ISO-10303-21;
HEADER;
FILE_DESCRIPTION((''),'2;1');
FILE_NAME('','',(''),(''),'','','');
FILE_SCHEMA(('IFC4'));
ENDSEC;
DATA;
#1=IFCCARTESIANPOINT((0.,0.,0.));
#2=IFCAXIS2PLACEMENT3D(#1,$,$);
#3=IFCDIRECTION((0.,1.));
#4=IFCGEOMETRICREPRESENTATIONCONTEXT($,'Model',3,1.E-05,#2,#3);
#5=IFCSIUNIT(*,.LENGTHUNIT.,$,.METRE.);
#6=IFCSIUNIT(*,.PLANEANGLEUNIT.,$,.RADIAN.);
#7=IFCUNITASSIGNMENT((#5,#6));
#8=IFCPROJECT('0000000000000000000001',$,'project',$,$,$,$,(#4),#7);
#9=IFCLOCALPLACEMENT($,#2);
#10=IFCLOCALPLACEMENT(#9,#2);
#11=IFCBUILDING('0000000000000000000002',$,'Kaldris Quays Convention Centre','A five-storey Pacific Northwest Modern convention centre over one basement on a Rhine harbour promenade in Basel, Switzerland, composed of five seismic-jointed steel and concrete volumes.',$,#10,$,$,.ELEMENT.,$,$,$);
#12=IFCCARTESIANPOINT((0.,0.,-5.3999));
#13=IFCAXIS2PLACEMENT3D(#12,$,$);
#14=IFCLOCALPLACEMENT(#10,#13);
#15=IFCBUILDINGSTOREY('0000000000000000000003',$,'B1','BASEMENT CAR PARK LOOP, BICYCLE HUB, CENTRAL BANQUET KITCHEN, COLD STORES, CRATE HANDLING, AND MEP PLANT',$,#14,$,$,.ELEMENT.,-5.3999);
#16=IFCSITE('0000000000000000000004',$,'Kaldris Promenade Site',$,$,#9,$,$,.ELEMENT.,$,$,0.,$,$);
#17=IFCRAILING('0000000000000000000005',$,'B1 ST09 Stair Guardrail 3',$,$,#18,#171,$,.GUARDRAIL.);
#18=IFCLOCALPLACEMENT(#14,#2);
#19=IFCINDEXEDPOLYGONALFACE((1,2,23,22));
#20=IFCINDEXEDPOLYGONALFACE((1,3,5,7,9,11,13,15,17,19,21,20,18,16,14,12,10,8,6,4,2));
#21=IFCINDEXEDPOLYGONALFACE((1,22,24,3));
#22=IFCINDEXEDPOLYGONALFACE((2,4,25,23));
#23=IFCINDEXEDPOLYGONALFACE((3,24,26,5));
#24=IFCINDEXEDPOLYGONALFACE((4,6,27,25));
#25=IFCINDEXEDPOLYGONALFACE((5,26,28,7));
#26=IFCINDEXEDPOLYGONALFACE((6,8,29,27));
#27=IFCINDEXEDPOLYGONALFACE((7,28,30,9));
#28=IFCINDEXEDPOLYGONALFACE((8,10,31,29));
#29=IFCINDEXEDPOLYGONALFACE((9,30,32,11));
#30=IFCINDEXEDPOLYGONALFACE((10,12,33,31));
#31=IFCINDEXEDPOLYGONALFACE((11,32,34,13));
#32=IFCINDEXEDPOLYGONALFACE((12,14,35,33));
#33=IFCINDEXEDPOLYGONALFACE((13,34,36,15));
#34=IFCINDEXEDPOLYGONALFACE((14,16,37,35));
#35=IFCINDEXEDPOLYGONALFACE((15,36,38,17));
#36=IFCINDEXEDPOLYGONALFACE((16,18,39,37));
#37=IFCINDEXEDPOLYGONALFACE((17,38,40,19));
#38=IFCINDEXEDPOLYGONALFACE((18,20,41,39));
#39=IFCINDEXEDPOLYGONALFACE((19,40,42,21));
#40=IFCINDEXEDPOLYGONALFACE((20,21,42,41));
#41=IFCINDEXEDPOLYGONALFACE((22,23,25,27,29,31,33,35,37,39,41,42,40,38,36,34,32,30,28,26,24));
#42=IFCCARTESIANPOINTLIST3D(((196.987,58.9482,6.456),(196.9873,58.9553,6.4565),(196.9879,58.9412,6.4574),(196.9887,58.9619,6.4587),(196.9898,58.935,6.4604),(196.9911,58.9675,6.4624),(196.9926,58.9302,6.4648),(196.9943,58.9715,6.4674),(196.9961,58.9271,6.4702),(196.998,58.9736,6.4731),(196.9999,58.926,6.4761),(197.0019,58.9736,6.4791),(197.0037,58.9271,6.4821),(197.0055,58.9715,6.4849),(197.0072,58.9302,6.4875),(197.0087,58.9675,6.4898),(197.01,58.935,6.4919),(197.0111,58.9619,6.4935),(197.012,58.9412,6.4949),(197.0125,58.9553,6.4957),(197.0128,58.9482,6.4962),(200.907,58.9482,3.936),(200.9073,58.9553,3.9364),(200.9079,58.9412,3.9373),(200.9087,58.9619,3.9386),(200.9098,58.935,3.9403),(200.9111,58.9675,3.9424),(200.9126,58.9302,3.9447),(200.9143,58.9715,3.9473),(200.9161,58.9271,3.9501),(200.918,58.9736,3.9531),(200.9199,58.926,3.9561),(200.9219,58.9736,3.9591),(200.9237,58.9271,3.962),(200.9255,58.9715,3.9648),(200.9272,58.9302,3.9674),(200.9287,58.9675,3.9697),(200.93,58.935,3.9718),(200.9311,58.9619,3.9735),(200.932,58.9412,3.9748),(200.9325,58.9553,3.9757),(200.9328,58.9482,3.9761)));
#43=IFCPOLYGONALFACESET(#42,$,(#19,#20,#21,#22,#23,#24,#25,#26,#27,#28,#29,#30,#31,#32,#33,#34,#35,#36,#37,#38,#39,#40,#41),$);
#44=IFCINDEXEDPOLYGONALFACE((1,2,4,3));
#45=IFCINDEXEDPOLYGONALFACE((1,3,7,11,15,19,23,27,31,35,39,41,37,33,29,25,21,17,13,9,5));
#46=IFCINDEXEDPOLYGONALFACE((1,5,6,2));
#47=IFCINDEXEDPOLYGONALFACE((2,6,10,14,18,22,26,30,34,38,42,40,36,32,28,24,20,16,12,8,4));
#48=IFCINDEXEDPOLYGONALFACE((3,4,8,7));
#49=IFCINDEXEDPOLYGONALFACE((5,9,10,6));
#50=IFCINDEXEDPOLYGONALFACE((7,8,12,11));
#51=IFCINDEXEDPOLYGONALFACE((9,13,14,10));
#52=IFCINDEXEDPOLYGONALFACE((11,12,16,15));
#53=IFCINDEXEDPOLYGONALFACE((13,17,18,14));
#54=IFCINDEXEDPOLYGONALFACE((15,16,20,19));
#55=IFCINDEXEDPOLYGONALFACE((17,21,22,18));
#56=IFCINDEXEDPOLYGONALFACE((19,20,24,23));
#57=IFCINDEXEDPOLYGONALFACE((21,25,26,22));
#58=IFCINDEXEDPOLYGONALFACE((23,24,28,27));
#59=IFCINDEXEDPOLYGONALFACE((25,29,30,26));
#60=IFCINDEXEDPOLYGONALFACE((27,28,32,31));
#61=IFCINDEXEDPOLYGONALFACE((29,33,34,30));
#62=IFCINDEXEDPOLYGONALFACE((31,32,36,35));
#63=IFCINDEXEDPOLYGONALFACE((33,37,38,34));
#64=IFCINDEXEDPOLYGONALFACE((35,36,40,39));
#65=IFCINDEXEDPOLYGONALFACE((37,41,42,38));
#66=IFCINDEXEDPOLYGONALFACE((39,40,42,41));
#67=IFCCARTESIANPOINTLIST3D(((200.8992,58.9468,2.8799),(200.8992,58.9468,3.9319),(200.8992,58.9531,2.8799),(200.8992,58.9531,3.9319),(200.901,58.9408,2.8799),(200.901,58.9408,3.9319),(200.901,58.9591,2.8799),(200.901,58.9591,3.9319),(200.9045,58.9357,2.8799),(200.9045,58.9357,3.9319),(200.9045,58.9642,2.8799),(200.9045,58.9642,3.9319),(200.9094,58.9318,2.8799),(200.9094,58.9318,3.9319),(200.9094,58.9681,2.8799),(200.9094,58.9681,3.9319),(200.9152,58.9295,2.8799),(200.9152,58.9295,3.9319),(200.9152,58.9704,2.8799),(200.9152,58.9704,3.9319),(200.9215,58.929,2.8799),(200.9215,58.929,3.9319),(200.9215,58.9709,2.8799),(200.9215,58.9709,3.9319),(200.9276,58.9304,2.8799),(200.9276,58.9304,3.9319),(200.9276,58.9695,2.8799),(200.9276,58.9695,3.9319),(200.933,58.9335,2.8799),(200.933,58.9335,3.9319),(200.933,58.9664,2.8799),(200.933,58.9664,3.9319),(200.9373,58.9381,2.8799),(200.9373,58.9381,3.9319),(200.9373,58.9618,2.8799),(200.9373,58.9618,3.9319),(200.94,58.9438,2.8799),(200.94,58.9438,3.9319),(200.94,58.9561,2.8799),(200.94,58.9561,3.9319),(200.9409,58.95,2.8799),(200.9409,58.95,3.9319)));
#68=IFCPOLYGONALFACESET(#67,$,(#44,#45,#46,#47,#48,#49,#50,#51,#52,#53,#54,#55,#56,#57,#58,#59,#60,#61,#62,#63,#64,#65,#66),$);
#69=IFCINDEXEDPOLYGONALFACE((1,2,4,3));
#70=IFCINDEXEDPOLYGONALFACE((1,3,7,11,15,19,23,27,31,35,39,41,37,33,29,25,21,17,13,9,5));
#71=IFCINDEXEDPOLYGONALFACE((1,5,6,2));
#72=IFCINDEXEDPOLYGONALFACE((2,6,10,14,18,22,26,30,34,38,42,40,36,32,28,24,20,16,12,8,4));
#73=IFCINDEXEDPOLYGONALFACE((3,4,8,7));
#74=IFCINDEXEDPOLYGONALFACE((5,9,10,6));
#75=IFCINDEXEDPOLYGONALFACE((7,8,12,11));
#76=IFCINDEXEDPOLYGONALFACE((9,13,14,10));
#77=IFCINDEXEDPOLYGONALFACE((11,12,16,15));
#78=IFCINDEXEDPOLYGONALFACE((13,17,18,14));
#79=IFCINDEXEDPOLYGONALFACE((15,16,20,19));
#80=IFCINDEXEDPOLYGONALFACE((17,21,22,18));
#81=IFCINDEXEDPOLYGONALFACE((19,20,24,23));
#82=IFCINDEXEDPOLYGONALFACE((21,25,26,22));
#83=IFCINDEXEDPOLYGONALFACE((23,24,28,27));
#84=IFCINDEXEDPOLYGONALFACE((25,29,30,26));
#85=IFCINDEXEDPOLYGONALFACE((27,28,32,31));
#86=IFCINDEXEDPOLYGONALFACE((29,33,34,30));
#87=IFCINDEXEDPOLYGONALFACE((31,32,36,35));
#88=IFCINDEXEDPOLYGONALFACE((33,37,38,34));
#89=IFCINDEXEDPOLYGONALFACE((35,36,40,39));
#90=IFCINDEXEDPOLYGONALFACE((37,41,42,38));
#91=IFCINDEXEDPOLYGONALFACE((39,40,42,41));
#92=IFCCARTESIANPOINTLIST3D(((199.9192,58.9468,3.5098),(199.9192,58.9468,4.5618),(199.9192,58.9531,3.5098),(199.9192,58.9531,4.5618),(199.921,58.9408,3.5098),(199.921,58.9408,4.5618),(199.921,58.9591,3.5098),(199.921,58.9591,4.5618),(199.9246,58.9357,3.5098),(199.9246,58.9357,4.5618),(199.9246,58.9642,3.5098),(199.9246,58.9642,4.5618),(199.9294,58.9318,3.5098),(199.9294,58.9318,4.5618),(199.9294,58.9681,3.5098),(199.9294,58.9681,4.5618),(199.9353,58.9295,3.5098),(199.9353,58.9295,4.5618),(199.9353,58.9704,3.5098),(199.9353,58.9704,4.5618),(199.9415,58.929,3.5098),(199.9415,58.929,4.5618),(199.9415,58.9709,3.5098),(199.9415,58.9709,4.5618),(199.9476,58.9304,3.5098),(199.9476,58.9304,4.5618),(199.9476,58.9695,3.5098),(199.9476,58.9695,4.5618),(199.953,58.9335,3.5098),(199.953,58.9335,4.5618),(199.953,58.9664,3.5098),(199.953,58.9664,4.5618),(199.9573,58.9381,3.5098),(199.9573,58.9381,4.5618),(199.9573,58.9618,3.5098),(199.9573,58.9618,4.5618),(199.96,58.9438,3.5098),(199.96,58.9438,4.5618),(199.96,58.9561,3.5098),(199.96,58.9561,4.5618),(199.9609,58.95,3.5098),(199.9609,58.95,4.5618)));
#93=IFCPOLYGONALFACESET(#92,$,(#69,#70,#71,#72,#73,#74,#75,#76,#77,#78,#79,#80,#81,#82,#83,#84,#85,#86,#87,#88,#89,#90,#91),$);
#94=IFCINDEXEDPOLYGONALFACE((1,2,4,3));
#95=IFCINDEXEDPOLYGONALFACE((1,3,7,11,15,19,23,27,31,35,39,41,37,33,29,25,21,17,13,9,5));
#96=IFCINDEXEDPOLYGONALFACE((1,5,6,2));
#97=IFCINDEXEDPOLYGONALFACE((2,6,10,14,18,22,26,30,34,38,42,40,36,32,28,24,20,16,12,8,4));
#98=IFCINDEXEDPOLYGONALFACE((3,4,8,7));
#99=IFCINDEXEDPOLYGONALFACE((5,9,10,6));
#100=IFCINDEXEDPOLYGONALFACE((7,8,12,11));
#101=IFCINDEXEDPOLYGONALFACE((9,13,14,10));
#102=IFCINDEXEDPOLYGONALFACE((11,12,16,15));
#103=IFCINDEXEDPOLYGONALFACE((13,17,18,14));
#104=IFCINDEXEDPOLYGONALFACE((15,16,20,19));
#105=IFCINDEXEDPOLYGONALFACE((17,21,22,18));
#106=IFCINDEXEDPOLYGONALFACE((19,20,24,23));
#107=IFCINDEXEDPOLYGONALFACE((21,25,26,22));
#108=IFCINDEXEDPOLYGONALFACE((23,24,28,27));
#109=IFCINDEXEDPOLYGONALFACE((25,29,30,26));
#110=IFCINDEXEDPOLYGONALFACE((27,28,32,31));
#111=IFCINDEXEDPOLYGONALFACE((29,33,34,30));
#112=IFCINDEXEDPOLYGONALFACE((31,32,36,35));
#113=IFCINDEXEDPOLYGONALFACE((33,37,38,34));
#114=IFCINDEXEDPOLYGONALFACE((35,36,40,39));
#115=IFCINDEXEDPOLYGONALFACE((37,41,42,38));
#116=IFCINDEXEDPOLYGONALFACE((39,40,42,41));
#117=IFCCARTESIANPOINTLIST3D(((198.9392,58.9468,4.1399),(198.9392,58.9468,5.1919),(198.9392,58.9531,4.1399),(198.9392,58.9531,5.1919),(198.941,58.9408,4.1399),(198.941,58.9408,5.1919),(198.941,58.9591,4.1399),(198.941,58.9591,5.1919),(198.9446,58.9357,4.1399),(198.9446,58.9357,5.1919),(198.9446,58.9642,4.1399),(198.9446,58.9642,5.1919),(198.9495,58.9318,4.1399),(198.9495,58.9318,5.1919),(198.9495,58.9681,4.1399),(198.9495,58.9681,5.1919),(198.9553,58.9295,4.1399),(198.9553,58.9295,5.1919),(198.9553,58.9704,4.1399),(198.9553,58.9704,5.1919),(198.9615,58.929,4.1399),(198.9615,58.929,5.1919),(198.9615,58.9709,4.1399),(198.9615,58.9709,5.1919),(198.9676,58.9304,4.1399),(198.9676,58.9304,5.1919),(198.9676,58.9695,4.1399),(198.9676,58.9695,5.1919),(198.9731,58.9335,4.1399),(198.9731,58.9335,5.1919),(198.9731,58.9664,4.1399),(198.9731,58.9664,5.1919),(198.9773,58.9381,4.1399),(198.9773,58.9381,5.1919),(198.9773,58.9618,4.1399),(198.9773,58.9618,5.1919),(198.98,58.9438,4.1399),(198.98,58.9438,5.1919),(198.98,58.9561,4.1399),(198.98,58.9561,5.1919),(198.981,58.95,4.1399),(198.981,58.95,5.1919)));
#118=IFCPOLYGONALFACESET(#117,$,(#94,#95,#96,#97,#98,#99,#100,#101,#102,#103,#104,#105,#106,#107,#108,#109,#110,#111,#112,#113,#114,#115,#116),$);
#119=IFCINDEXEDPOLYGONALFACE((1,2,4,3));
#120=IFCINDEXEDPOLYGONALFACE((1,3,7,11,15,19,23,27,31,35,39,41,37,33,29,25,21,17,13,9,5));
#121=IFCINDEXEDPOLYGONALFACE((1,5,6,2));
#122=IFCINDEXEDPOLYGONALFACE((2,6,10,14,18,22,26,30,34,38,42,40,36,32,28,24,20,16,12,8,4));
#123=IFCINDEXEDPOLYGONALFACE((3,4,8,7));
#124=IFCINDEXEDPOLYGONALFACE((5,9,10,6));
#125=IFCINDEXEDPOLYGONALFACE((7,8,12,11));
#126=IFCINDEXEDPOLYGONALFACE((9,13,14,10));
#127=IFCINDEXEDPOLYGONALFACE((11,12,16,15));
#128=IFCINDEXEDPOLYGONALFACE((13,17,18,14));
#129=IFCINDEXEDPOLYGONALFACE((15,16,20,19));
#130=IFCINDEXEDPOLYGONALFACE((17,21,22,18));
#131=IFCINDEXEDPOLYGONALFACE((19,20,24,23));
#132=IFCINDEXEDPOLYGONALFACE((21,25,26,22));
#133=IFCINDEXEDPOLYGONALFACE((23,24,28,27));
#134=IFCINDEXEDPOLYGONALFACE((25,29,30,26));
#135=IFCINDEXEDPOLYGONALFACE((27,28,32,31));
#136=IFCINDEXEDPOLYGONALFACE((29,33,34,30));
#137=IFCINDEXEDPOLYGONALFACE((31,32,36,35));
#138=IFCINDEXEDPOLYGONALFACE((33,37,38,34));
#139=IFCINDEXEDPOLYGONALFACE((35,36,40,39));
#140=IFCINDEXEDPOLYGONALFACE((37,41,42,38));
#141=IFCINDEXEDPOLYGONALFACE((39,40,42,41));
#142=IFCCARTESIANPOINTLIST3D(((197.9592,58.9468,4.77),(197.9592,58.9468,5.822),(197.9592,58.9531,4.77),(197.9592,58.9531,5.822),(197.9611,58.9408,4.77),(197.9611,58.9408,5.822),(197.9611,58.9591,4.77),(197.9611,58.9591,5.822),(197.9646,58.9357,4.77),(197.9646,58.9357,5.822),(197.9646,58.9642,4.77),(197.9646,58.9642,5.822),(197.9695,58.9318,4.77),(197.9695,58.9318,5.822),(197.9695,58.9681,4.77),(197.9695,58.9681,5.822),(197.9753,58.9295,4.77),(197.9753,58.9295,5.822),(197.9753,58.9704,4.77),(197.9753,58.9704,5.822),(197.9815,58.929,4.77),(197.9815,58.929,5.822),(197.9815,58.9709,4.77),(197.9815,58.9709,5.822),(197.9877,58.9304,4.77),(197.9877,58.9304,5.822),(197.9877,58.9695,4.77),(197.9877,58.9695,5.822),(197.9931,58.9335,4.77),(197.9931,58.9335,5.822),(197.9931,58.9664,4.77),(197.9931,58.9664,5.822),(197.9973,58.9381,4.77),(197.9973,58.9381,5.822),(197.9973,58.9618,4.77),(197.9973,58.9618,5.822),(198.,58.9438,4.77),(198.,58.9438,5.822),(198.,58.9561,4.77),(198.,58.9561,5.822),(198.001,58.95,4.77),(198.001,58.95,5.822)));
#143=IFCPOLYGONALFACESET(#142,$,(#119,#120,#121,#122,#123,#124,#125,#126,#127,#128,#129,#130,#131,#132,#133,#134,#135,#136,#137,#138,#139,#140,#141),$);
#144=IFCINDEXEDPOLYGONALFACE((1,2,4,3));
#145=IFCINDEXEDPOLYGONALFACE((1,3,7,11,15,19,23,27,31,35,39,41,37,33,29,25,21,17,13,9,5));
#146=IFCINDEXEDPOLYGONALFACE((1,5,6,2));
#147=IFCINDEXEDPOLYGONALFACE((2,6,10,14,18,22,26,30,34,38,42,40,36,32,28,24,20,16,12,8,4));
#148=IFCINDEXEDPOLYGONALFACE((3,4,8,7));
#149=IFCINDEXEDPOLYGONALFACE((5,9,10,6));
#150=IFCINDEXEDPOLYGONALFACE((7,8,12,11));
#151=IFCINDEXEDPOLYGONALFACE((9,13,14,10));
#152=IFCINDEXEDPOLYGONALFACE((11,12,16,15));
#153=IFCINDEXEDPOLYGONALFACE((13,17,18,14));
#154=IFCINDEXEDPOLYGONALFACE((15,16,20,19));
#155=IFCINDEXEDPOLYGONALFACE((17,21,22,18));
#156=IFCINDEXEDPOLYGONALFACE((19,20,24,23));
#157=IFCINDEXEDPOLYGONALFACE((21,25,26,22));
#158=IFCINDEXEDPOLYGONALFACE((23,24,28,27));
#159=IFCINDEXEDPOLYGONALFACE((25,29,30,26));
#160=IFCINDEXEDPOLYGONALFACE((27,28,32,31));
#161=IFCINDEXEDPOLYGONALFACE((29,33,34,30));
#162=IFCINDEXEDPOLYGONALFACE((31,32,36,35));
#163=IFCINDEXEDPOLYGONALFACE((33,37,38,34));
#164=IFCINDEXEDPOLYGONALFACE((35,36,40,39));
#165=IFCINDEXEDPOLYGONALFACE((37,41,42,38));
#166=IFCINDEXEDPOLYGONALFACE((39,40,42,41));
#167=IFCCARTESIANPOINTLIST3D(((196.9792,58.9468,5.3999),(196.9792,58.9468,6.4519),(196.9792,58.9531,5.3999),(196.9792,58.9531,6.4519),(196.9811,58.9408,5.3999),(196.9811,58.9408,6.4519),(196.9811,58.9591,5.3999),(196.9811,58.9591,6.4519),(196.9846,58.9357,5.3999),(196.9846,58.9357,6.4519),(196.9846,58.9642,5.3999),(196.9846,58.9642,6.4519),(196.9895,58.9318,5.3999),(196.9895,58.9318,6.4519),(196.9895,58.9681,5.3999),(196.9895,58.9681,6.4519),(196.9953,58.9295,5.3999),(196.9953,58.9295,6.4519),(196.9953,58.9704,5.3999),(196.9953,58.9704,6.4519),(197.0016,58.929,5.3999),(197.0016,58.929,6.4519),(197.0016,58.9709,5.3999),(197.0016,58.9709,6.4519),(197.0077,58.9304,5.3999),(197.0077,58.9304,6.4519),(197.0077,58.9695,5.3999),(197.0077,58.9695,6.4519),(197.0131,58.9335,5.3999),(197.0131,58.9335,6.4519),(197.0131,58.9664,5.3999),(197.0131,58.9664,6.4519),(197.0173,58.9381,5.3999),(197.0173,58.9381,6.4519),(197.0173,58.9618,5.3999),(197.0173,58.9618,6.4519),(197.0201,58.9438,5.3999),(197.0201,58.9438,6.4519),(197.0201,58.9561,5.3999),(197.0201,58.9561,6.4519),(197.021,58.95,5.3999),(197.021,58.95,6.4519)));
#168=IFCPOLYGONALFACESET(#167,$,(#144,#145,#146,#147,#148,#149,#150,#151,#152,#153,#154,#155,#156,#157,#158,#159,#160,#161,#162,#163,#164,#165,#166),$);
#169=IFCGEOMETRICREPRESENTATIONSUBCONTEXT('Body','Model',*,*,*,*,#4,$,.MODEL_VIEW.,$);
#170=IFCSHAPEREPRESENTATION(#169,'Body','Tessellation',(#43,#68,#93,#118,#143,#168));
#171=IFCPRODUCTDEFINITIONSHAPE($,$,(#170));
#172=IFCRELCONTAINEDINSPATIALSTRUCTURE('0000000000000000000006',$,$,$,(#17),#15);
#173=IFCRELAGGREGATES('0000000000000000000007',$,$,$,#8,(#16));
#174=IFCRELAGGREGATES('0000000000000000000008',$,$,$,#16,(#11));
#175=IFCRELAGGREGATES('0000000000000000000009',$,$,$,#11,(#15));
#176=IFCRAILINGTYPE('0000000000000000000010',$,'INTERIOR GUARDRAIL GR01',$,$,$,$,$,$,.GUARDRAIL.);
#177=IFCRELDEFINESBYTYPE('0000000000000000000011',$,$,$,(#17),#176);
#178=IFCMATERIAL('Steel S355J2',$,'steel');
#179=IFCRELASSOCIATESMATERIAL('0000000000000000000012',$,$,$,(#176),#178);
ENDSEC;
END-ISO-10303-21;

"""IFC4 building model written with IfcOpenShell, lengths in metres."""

from ifc_helpers import new_model, si_unit, direction, frame, origin, origin_2d, place, context, subcontext, project, spatial, circle, extrude, material, type_object, element, save


model = new_model("IFC4")

# Units and contexts
model_context = context("Model", 3, precision=1e-05, world=origin(), true_north=direction((0.0, 1.0)))
body_context = subcontext(model_context, "Body", "Model", "MODEL_VIEW")
ifc_project = project(units=[si_unit("LENGTHUNIT", "METRE"), si_unit("PLANEANGLEUNIT", "RADIAN")], contexts=[model_context])

# Site, building, storey
site_placement = place(None, origin())
site = spatial("IfcSite", under=ifc_project, at=site_placement, Name="Kaldris Promenade Site", CompositionType="ELEMENT", RefElevation=0.0)
building_placement = place(site_placement, origin())
building = spatial("IfcBuilding", under=site, at=building_placement, Name="Kaldris Quays Convention Centre", Description="A five-storey Pacific Northwest Modern convention centre over one basement on a Rhine harbour promenade in Basel, Switzerland, composed of five seismic-jointed steel and concrete volumes.", CompositionType="ELEMENT")
storey_placement = place(building_placement, frame((0.0, 0.0, -5.3999)))
storey = spatial("IfcBuildingStorey", under=building, at=storey_placement, Name="B1", Description="BASEMENT CAR PARK LOOP, BICYCLE HUB, CENTRAL BANQUET KITCHEN, COLD STORES, CRATE HANDLING, AND MEP PLANT", CompositionType="ELEMENT", Elevation=-5.3999)

# Shared definitions
ifc_material_1 = material(Name="Steel S355J2", Category="steel")

# Railing
railing_type_1 = type_object("IfcRailingType", Name="INTERIOR GUARDRAIL GR01", PredefinedType="GUARDRAIL", material=ifc_material_1)
railing_1_placement = place(storey_placement, frame((200.9199, 58.95, 2.8799)))
element("IfcRailing", 1, at=railing_1_placement, inside=storey, type_object=railing_type_1, Name="B1 ST09 Stair Guardrail 3", PredefinedType="GUARDRAIL", context=body_context, shape_type="SweptSolid", body=[
    extrude(circle(Radius=0.0239, at=origin_2d()), frame((0.0, 0.0, 1.0762), z_axis=(-0.841172, 0.0, 0.540768), x_axis=(0.0, -1.0, 0.0)), (0.0, 0.0, 1.0), 4.6602),
    extrude(circle(Radius=0.021, at=origin_2d()), origin(), (0.0, 0.0, 1.0), 1.052),
    extrude(circle(Radius=0.021, at=origin_2d()), frame((-0.98, 0.0, 0.6299)), (0.0, 0.0, 1.0), 1.052),
    extrude(circle(Radius=0.021, at=origin_2d()), frame((-1.96, 0.0, 1.26)), (0.0, 0.0, 1.0), 1.052),
    extrude(circle(Radius=0.021, at=origin_2d()), frame((-2.9399, 0.0, 1.8901)), (0.0, 0.0, 1.0), 1.052),
    extrude(circle(Radius=0.021, at=origin_2d()), frame((-3.9199, 0.0, 2.52)), (0.0, 0.0, 1.0), 1.052),
])

save(model, "model.ifc")
